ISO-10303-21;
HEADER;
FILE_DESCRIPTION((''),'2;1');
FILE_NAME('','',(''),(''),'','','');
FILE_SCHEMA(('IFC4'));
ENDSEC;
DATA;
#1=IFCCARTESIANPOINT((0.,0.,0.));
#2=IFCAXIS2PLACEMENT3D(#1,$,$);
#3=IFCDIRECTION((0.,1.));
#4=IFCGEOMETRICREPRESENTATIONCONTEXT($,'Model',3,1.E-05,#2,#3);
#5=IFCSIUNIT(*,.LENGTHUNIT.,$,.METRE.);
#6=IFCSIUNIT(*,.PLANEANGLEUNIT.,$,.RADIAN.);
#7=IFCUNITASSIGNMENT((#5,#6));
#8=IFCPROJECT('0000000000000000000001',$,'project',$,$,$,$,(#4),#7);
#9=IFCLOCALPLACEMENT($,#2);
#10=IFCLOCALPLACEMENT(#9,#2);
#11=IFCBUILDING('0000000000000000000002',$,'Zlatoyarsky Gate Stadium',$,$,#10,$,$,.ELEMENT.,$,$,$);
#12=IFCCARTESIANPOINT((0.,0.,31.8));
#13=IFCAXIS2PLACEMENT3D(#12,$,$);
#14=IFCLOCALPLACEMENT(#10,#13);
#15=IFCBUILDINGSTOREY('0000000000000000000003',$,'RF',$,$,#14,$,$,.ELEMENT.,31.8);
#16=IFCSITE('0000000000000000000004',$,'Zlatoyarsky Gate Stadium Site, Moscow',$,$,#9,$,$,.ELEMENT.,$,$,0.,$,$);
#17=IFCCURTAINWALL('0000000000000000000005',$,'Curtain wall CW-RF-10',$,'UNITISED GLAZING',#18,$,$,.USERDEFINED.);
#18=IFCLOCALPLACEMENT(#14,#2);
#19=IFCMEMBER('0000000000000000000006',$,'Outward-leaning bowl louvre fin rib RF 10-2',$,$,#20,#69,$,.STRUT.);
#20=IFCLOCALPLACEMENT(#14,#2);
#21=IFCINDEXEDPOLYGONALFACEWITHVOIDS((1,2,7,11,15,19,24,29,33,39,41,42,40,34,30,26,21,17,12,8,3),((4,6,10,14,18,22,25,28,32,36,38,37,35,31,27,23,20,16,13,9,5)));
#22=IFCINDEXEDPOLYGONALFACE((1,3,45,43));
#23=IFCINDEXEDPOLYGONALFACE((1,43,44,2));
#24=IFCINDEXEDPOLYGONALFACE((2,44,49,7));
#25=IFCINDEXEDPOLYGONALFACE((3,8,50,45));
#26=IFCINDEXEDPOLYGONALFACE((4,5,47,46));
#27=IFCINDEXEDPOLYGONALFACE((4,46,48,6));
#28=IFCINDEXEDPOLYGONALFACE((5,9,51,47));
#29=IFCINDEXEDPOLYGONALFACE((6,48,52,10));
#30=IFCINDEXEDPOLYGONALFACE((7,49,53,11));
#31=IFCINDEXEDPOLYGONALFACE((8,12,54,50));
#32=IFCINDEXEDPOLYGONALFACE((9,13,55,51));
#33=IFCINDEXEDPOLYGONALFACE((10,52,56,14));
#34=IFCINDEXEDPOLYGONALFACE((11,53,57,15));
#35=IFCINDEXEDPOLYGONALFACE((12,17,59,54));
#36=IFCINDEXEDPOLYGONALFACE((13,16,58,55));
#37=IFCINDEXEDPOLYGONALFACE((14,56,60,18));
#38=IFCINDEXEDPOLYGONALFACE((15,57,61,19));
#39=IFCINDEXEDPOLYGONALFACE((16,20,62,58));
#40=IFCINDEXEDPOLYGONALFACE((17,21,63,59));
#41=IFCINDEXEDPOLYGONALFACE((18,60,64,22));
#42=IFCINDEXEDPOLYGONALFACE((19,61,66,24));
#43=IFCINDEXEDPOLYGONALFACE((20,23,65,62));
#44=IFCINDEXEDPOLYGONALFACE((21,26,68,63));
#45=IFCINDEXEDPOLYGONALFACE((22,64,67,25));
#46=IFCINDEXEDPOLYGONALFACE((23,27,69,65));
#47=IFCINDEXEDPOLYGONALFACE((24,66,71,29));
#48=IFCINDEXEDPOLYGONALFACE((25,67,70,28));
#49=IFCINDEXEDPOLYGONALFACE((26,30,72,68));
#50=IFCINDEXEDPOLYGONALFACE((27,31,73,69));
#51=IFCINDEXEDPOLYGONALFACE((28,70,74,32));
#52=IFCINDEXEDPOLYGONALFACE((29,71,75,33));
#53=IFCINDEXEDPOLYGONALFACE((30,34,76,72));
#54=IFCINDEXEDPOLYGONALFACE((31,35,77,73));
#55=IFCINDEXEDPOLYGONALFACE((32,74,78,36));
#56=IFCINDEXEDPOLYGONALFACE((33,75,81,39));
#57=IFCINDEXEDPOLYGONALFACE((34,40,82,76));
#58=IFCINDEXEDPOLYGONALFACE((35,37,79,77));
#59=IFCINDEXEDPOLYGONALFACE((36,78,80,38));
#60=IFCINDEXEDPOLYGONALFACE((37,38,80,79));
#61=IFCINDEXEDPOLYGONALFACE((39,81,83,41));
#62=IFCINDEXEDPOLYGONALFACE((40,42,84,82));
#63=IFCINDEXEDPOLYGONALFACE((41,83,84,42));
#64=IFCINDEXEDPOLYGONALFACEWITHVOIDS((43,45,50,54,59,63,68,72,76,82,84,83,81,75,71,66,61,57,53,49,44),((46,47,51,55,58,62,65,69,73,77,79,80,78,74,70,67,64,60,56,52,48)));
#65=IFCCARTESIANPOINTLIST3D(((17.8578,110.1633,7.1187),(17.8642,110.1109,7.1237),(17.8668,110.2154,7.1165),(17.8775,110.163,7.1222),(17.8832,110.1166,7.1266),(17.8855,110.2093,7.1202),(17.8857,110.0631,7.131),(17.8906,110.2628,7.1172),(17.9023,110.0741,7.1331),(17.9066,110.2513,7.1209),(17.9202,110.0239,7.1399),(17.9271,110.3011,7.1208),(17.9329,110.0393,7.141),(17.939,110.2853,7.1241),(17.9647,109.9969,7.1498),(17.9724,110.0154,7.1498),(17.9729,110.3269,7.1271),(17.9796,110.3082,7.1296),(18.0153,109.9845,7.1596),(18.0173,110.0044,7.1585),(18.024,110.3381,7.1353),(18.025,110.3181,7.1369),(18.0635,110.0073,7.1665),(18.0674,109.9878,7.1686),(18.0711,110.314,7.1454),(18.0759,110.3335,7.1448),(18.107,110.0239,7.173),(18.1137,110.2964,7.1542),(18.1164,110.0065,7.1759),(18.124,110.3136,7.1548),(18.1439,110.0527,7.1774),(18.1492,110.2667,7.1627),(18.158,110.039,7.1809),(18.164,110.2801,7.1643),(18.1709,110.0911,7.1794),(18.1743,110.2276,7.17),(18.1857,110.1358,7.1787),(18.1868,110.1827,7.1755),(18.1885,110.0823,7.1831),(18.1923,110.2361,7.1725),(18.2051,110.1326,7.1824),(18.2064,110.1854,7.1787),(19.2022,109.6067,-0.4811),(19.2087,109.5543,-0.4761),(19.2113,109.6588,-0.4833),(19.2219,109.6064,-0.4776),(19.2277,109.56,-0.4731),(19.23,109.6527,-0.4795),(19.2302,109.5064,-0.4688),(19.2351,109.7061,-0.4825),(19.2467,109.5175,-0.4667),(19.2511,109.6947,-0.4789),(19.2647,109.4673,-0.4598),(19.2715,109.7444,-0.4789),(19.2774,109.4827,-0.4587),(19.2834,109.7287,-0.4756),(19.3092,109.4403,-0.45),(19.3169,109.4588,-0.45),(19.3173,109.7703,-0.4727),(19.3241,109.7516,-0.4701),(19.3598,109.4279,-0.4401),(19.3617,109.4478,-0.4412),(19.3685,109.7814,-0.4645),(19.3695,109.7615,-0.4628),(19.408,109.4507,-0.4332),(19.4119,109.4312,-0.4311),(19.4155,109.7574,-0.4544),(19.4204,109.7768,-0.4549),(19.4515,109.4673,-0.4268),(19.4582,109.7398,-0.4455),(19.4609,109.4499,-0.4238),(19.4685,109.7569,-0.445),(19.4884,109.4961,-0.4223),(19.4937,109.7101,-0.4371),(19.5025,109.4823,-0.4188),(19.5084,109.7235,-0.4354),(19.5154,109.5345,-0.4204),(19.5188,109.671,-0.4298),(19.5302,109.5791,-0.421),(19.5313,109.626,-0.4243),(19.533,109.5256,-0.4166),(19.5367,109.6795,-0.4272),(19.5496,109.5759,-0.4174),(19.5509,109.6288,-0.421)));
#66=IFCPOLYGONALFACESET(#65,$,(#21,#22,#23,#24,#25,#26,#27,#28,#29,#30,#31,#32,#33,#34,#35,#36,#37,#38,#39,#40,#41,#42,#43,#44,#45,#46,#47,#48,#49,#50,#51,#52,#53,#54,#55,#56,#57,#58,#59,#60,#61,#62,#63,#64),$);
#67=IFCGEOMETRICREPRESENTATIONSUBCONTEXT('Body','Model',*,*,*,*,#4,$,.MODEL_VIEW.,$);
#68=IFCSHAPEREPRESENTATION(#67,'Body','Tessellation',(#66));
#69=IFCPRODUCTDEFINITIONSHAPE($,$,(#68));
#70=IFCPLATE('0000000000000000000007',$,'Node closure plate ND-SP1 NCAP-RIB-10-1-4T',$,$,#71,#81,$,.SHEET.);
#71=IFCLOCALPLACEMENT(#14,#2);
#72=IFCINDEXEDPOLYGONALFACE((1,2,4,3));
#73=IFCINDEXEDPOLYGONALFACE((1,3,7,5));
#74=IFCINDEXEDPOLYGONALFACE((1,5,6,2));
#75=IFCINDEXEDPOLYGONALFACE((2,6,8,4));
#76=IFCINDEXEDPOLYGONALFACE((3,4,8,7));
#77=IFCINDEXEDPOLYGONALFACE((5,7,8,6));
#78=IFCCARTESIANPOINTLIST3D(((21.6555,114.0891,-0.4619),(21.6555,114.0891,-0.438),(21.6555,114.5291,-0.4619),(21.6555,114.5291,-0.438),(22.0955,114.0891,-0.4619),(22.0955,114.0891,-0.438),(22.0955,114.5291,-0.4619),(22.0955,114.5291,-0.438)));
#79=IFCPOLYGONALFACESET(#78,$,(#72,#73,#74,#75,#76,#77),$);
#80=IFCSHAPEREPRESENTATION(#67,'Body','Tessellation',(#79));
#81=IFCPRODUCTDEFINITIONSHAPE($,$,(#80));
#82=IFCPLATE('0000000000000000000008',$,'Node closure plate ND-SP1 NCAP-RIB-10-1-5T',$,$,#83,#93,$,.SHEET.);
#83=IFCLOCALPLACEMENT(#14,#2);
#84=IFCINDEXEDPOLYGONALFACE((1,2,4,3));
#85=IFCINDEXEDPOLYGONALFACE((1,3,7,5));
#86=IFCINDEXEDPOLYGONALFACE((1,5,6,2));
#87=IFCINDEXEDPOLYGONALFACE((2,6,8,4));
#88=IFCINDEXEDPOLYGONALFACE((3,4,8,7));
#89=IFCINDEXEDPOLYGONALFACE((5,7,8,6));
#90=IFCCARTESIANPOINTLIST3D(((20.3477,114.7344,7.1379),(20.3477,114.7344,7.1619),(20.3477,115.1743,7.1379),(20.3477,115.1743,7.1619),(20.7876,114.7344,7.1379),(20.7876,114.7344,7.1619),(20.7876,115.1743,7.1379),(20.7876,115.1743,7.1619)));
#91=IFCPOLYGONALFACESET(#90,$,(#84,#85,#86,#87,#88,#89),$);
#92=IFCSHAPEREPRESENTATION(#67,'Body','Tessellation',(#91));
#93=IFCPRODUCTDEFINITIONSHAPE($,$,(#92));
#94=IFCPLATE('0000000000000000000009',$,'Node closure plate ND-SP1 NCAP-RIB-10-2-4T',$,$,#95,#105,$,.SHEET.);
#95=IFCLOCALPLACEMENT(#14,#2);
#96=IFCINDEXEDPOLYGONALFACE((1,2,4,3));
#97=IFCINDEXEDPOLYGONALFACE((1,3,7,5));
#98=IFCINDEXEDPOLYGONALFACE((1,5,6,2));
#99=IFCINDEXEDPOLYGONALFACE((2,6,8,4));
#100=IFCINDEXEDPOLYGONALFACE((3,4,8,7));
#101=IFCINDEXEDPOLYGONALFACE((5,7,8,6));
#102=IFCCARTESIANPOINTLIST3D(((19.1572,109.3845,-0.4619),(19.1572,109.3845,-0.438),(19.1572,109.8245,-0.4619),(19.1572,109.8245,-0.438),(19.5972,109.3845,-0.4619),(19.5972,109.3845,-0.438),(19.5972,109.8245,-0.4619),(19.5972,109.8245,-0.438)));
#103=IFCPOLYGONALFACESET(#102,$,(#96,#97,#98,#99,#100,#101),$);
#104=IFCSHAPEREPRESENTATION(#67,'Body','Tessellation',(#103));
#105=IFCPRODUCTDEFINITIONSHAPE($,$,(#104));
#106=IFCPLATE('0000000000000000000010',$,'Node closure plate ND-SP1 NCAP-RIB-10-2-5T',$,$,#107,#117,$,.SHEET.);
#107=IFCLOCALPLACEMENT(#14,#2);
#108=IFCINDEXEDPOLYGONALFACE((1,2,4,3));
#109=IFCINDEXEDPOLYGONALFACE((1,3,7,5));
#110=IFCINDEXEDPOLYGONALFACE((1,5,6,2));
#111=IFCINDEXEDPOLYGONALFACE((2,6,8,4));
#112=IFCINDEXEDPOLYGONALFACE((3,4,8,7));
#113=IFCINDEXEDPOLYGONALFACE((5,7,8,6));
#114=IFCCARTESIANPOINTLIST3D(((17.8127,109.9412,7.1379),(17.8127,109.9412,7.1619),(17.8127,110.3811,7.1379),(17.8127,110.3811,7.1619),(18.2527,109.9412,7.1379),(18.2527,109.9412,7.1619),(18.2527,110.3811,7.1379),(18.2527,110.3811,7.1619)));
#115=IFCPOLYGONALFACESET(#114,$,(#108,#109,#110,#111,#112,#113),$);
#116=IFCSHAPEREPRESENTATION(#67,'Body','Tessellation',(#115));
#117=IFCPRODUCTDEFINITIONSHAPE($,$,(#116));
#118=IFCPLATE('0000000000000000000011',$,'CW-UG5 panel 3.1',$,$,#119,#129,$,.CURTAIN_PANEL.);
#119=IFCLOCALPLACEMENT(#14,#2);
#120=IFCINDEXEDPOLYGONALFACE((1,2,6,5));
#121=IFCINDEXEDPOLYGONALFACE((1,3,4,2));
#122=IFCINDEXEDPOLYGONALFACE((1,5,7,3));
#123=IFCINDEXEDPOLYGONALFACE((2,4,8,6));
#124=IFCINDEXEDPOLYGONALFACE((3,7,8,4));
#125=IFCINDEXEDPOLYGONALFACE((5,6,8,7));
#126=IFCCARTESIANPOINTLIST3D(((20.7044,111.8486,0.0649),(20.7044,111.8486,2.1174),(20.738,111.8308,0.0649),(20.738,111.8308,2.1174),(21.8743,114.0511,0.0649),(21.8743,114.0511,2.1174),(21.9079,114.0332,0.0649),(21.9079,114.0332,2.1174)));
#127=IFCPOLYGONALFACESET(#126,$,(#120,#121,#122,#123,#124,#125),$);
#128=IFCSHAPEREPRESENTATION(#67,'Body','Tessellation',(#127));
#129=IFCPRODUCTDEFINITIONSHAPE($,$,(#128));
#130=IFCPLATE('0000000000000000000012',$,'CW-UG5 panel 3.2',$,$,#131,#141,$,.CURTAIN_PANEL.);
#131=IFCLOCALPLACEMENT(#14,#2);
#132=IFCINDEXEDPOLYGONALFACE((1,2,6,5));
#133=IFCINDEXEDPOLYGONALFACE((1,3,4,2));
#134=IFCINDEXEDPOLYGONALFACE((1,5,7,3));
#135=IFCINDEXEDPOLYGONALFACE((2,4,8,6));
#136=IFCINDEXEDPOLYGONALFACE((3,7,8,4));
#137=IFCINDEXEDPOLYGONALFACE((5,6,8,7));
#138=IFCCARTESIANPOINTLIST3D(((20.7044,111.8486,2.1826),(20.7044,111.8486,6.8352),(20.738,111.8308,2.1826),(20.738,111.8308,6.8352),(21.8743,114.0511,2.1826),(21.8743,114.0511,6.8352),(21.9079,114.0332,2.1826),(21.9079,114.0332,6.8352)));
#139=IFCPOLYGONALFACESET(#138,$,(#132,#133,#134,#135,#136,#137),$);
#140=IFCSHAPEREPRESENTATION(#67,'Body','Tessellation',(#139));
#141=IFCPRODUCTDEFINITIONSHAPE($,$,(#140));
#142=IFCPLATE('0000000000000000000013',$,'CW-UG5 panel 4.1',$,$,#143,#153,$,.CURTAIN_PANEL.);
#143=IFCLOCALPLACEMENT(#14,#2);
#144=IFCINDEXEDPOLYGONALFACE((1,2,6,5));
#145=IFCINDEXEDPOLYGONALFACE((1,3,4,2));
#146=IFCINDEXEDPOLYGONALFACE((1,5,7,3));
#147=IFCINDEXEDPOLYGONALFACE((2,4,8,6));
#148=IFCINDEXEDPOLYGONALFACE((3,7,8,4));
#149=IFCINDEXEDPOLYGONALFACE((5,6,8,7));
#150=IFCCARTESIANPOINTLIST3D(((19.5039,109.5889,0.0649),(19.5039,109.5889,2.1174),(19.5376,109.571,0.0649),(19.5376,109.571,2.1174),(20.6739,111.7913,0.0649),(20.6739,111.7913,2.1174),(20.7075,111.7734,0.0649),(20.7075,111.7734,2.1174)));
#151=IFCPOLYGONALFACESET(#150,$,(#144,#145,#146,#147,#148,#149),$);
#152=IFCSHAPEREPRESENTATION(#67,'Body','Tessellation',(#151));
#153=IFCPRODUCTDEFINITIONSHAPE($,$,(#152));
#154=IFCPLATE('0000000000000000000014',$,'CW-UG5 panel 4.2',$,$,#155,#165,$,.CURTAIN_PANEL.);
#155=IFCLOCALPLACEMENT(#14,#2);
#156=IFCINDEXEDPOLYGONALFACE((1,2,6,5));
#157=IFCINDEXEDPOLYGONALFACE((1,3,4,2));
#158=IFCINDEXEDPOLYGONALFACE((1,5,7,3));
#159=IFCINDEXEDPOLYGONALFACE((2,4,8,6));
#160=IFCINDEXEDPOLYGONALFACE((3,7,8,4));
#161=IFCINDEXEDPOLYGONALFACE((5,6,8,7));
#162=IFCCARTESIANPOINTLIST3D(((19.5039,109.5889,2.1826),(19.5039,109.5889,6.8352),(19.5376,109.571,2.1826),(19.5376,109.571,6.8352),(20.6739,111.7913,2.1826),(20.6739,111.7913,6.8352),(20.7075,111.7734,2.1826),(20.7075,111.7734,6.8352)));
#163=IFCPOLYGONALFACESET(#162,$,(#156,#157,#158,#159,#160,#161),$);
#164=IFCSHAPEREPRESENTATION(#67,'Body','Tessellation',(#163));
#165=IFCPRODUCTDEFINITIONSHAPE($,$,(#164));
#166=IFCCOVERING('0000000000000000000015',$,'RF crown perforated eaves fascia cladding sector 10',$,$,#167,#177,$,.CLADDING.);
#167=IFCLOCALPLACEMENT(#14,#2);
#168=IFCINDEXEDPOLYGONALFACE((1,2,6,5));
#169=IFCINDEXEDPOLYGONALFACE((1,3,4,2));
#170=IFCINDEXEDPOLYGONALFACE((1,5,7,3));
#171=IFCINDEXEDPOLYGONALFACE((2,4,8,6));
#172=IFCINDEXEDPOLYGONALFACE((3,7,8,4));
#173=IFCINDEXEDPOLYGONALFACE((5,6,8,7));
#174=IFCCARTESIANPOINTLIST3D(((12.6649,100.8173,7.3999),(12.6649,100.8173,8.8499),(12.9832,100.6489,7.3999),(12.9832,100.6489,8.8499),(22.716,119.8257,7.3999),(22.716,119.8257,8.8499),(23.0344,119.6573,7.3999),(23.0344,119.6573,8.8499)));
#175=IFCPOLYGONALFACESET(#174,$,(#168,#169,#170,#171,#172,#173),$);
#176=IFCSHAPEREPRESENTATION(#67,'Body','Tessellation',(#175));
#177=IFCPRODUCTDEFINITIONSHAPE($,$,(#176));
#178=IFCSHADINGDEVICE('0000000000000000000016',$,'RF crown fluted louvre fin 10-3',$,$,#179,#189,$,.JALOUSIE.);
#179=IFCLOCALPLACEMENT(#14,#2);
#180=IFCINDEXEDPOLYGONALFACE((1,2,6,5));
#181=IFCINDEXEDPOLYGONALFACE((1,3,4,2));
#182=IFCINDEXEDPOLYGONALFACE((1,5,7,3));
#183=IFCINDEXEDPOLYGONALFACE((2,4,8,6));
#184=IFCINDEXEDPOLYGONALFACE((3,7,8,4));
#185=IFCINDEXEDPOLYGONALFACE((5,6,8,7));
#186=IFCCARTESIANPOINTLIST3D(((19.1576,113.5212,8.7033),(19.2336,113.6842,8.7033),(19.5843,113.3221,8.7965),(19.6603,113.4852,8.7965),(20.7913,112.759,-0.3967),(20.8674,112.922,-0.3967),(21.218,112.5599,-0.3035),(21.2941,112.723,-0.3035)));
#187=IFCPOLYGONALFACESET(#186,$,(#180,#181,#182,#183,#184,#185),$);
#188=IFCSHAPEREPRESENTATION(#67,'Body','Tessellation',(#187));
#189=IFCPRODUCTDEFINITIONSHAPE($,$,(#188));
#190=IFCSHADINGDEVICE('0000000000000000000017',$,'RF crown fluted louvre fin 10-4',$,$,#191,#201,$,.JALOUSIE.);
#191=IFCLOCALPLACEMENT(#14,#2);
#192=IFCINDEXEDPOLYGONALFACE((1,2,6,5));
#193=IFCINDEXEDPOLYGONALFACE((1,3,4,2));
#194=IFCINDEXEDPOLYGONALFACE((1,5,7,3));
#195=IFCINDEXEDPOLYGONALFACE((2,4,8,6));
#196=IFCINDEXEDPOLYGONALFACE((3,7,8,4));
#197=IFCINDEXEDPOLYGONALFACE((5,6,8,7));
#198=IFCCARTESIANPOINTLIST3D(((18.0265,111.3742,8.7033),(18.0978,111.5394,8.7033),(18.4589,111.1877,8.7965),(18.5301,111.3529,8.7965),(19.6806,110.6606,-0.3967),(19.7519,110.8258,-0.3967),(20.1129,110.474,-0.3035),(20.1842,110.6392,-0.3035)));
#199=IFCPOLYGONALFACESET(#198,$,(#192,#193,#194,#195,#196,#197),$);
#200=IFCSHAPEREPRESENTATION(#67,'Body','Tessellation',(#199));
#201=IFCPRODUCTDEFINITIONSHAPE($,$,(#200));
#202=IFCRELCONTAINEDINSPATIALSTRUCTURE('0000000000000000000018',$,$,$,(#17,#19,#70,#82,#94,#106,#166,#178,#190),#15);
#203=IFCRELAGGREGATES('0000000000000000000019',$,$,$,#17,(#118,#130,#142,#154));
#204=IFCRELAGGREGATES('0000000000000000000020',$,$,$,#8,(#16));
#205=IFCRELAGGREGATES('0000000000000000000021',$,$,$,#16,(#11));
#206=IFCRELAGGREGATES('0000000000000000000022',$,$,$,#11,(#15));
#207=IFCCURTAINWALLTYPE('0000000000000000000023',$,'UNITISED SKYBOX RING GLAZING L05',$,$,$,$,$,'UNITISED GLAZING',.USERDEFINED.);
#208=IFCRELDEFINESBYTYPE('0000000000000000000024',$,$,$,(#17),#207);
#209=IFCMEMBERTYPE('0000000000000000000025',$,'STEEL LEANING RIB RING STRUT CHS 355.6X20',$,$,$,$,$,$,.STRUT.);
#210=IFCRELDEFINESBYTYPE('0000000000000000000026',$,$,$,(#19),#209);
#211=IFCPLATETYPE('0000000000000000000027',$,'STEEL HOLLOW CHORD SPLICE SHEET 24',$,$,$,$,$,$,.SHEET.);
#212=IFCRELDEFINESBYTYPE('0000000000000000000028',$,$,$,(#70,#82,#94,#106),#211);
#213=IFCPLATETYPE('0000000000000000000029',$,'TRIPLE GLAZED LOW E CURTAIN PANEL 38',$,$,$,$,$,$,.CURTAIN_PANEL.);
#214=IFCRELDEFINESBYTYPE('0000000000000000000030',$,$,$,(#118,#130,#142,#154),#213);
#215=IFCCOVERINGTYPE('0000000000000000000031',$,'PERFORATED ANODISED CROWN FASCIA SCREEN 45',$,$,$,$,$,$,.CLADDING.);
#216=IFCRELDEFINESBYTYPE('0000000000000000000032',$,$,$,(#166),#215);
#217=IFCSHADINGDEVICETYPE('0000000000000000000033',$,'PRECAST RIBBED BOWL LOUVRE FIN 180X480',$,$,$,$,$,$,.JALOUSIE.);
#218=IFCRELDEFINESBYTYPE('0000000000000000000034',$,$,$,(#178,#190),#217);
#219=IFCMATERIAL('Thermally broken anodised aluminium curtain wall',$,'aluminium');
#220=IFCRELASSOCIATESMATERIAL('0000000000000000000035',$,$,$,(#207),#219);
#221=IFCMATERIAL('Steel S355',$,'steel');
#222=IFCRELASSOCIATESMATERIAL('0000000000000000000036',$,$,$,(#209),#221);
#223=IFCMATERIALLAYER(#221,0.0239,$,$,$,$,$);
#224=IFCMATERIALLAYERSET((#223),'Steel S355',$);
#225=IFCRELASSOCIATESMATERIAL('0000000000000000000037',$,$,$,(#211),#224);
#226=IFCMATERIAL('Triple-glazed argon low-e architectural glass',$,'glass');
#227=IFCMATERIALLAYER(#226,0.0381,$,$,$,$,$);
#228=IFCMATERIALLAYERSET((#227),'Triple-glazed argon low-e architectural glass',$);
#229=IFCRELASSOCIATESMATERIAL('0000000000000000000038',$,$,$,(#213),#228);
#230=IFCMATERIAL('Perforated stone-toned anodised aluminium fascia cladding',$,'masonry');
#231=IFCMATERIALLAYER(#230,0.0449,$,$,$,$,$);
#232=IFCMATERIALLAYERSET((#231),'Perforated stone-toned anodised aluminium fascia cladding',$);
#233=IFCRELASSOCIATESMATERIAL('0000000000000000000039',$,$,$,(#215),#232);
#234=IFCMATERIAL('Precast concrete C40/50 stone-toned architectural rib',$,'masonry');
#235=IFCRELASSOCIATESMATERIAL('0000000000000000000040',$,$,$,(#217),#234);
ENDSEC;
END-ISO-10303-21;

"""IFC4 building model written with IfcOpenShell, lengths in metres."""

from ifc_helpers import new_model, si_unit, direction, frame, origin, origin_2d, place, context, subcontext, project, spatial, rectangle, hollow_circle, extrude, material, layer, layer_set, material_profile, profile_set, type_object, element, aggregate, save


model = new_model("IFC4")

# Units and contexts
model_context = context("Model", 3, precision=1e-05, world=origin(), true_north=direction((0.0, 1.0)))
body_context = subcontext(model_context, "Body", "Model", "MODEL_VIEW")
ifc_project = project(units=[si_unit("LENGTHUNIT", "METRE"), si_unit("PLANEANGLEUNIT", "RADIAN")], contexts=[model_context])

# Site, building, storey
site_placement = place(None, origin())
site = spatial("IfcSite", under=ifc_project, at=site_placement, Name="Zlatoyarsky Gate Stadium Site, Moscow", CompositionType="ELEMENT", RefElevation=0.0)
building_placement = place(site_placement, origin())
building = spatial("IfcBuilding", under=site, at=building_placement, Name="Zlatoyarsky Gate Stadium", CompositionType="ELEMENT")
storey_placement = place(building_placement, frame((0.0, 0.0, 31.8)))
storey = spatial("IfcBuildingStorey", under=building, at=storey_placement, Name="RF", CompositionType="ELEMENT", Elevation=31.8)

# Curtain wall
ifc_material_1 = material(Name="Thermally broken anodised aluminium curtain wall", Category="aluminium")
curtain_wall_type = type_object("IfcCurtainWallType", Name="UNITISED SKYBOX RING GLAZING L05", ElementType="UNITISED GLAZING", PredefinedType="USERDEFINED", material=ifc_material_1)
curtain_wall_placement = place(storey_placement, origin())
curtain_wall = element("IfcCurtainWall", 1, at=curtain_wall_placement, inside=storey, type_object=curtain_wall_type, Name="Curtain wall CW-RF-10", ObjectType="UNITISED GLAZING", PredefinedType="USERDEFINED")

# Member
ifc_material_2 = material(Name="Steel S355", Category="steel")
ifc_material_profile_1 = material_profile(ifc_material_2, hollow_circle(Radius=0.1777, WallThickness=0.02, at=origin_2d()), Name="CHS 355.6X20")
ifc_profile_set_1 = profile_set([ifc_material_profile_1], Name="Steel S355")
member_type_1 = type_object("IfcMemberType", Name="STEEL LEANING RIB RING STRUT CHS 355.6X20", PredefinedType="STRUT", material=ifc_profile_set_1)
member_1_placement = place(storey_placement, frame((19.3772, 109.6045, -0.45), z_axis=(-0.173753, 0.071937, 0.982158), x_axis=(-0.38253, -0.923943, 0.0)))
element("IfcMember", 2, at=member_1_placement, inside=storey, type_object=member_type_1, Name="Outward-leaning bowl louvre fin rib RF 10-2", PredefinedType="STRUT", context=body_context, shape_type="SweptSolid", body=[
    extrude(hollow_circle(Radius=0.1777, WallThickness=0.02, at=origin_2d()), origin(), (0.0, 0.0, 1.0), 7.7378),
])

# Plates
ifc_layer_1 = layer(ifc_material_2, 0.0239)
ifc_layer_set_1 = layer_set([ifc_layer_1], Name="Steel S355")
plate_type_1 = type_object("IfcPlateType", Name="STEEL HOLLOW CHORD SPLICE SHEET 24", PredefinedType="SHEET", material=ifc_layer_set_1)
for number, where, z_axis, x_axis, name in (
    (3, (21.8755, 114.3091, -0.4619), (0.0, 0.0, 1.0), (1.0, 0.0, 0.0), "Node closure plate ND-SP1 NCAP-RIB-10-1-4T"),
    (4, (20.5676, 114.9543, 7.1379), (0.0, 0.0, 1.0), (1.0, 0.0, 0.0), "Node closure plate ND-SP1 NCAP-RIB-10-1-5T"),
    (5, (19.3772, 109.6045, -0.4619), (0.0, 0.0, 1.0), (1.0, 0.0, 0.0), "Node closure plate ND-SP1 NCAP-RIB-10-2-4T"),
    (6, (18.0327, 110.1611, 7.1379), (0.0, 0.0, 1.0), (1.0, 0.0, 0.0), "Node closure plate ND-SP1 NCAP-RIB-10-2-5T"),
):
    element("IfcPlate", number, at=place(storey_placement, frame(where, z_axis=z_axis, x_axis=x_axis)), inside=storey, type_object=plate_type_1, Name=name, PredefinedType="SHEET", context=body_context, shape_type="SweptSolid", body=[
        extrude(rectangle(XDim=0.4399, YDim=0.4399, at=origin_2d()), origin(), (0.0, 0.0, 1.0), 0.0239),
    ])

# Plates
ifc_material_3 = material(Name="Triple-glazed argon low-e architectural glass", Category="glass")
ifc_layer_2 = layer(ifc_material_3, 0.0381)
ifc_layer_set_2 = layer_set([ifc_layer_2], Name="Triple-glazed argon low-e architectural glass")
plate_type_2 = type_object("IfcPlateType", Name="TRIPLE GLAZED LOW E CURTAIN PANEL 38", PredefinedType="CURTAIN_PANEL", material=ifc_layer_set_2)
plate_1_placement = place(storey_placement, frame((21.3062, 112.9409, 0.0649), z_axis=(0.0, 0.0, 1.0), x_axis=(-0.469127, -0.883131, 0.0)))
plate_1 = element("IfcPlate", 7, at=plate_1_placement, type_object=plate_type_2, Name="CW-UG5 panel 3.1", PredefinedType="CURTAIN_PANEL", context=body_context, shape_type="SweptSolid", body=[
    extrude(rectangle(XDim=2.4939, YDim=0.0381, at=origin_2d()), origin(), (0.0, 0.0, 1.0), 2.0525),
])
plate_2_placement = place(storey_placement, frame((21.3062, 112.9409, 2.1826), z_axis=(0.0, 0.0, 1.0), x_axis=(-0.469127, -0.883131, 0.0)))
plate_2 = element("IfcPlate", 8, at=plate_2_placement, type_object=plate_type_2, Name="CW-UG5 panel 3.2", PredefinedType="CURTAIN_PANEL", context=body_context, shape_type="SweptSolid", body=[
    extrude(rectangle(XDim=2.4939, YDim=0.0381, at=origin_2d()), origin(), (0.0, 0.0, 1.0), 4.6526),
])
plate_3_placement = place(storey_placement, frame((20.1057, 110.6812, 0.0649), z_axis=(0.0, 0.0, 1.0), x_axis=(-0.469127, -0.883131, 0.0)))
plate_3 = element("IfcPlate", 9, at=plate_3_placement, type_object=plate_type_2, Name="CW-UG5 panel 4.1", PredefinedType="CURTAIN_PANEL", context=body_context, shape_type="SweptSolid", body=[
    extrude(rectangle(XDim=2.4939, YDim=0.0381, at=origin_2d()), origin(), (0.0, 0.0, 1.0), 2.0525),
])
plate_4_placement = place(storey_placement, frame((20.1057, 110.6812, 2.1826), z_axis=(0.0, 0.0, 1.0), x_axis=(-0.469127, -0.883131, 0.0)))
plate_4 = element("IfcPlate", 10, at=plate_4_placement, type_object=plate_type_2, Name="CW-UG5 panel 4.2", PredefinedType="CURTAIN_PANEL", context=body_context, shape_type="SweptSolid", body=[
    extrude(rectangle(XDim=2.4939, YDim=0.0381, at=origin_2d()), origin(), (0.0, 0.0, 1.0), 4.6526),
])
aggregate(curtain_wall, [plate_1, plate_2, plate_3, plate_4])

# Covering
ifc_material_4 = material(Name="Perforated stone-toned anodised aluminium fascia cladding", Category="masonry")
ifc_layer_3 = layer(ifc_material_4, 0.0449)
ifc_layer_set_3 = layer_set([ifc_layer_3], Name="Perforated stone-toned anodised aluminium fascia cladding")
covering_type = type_object("IfcCoveringType", Name="PERFORATED ANODISED CROWN FASCIA SCREEN 45", PredefinedType="CLADDING", material=ifc_layer_set_3)
covering_placement = place(storey_placement, frame((17.8496, 110.2373, 7.3999), z_axis=(0.0, 0.0, 1.0), x_axis=(-0.467448, -0.884021, 0.0)))
element("IfcCovering", 11, at=covering_placement, inside=storey, type_object=covering_type, Name="RF crown perforated eaves fascia cladding sector 10", PredefinedType="CLADDING", context=body_context, shape_type="SweptSolid", body=[
    extrude(rectangle(XDim=21.5022, YDim=0.3601, at=origin_2d()), origin(), (0.0, 0.0, 1.0), 1.45),
])

# Shading devices
ifc_material_5 = material(Name="Precast concrete C40/50 stone-toned architectural rib", Category="masonry")
ifc_material_profile_2 = material_profile(ifc_material_5, rectangle(XDim=0.1799, YDim=0.48, at=origin_2d()), Name="RIB 180X480")
ifc_profile_set_2 = profile_set([ifc_material_profile_2], Name="Precast concrete C40/50 stone-toned architectural rib")
shading_device_type = type_object("IfcShadingDeviceType", Name="PRECAST RIBBED BOWL LOUVRE FIN 180X480", PredefinedType="JALOUSIE", material=ifc_profile_set_2)
shading_device_1_placement = place(storey_placement, frame((21.0427, 112.741, -0.3501), z_axis=(-0.176113, 0.082161, 0.980935), x_axis=(-0.422782, -0.906232, 0.0)))
element("IfcShadingDevice", 12, at=shading_device_1_placement, inside=storey, type_object=shading_device_type, Name="RF crown fluted louvre fin 10-3", PredefinedType="JALOUSIE", context=body_context, shape_type="SweptSolid", body=[
    extrude(rectangle(XDim=0.1799, YDim=0.48, at=origin_2d()), origin(), (0.0, 0.0, 1.0), 9.2769),
])
shading_device_2_placement = place(storey_placement, frame((19.9324, 110.6499, -0.3501), z_axis=(-0.178302, 0.076926, 0.980964), x_axis=(-0.396143, -0.918189, 0.0)))
element("IfcShadingDevice", 13, at=shading_device_2_placement, inside=storey, type_object=shading_device_type, Name="RF crown fluted louvre fin 10-4", PredefinedType="JALOUSIE", context=body_context, shape_type="SweptSolid", body=[
    extrude(rectangle(XDim=0.1799, YDim=0.48, at=origin_2d()), origin(), (0.0, 0.0, 1.0), 9.2766),
])

save(model, "model.ifc")
